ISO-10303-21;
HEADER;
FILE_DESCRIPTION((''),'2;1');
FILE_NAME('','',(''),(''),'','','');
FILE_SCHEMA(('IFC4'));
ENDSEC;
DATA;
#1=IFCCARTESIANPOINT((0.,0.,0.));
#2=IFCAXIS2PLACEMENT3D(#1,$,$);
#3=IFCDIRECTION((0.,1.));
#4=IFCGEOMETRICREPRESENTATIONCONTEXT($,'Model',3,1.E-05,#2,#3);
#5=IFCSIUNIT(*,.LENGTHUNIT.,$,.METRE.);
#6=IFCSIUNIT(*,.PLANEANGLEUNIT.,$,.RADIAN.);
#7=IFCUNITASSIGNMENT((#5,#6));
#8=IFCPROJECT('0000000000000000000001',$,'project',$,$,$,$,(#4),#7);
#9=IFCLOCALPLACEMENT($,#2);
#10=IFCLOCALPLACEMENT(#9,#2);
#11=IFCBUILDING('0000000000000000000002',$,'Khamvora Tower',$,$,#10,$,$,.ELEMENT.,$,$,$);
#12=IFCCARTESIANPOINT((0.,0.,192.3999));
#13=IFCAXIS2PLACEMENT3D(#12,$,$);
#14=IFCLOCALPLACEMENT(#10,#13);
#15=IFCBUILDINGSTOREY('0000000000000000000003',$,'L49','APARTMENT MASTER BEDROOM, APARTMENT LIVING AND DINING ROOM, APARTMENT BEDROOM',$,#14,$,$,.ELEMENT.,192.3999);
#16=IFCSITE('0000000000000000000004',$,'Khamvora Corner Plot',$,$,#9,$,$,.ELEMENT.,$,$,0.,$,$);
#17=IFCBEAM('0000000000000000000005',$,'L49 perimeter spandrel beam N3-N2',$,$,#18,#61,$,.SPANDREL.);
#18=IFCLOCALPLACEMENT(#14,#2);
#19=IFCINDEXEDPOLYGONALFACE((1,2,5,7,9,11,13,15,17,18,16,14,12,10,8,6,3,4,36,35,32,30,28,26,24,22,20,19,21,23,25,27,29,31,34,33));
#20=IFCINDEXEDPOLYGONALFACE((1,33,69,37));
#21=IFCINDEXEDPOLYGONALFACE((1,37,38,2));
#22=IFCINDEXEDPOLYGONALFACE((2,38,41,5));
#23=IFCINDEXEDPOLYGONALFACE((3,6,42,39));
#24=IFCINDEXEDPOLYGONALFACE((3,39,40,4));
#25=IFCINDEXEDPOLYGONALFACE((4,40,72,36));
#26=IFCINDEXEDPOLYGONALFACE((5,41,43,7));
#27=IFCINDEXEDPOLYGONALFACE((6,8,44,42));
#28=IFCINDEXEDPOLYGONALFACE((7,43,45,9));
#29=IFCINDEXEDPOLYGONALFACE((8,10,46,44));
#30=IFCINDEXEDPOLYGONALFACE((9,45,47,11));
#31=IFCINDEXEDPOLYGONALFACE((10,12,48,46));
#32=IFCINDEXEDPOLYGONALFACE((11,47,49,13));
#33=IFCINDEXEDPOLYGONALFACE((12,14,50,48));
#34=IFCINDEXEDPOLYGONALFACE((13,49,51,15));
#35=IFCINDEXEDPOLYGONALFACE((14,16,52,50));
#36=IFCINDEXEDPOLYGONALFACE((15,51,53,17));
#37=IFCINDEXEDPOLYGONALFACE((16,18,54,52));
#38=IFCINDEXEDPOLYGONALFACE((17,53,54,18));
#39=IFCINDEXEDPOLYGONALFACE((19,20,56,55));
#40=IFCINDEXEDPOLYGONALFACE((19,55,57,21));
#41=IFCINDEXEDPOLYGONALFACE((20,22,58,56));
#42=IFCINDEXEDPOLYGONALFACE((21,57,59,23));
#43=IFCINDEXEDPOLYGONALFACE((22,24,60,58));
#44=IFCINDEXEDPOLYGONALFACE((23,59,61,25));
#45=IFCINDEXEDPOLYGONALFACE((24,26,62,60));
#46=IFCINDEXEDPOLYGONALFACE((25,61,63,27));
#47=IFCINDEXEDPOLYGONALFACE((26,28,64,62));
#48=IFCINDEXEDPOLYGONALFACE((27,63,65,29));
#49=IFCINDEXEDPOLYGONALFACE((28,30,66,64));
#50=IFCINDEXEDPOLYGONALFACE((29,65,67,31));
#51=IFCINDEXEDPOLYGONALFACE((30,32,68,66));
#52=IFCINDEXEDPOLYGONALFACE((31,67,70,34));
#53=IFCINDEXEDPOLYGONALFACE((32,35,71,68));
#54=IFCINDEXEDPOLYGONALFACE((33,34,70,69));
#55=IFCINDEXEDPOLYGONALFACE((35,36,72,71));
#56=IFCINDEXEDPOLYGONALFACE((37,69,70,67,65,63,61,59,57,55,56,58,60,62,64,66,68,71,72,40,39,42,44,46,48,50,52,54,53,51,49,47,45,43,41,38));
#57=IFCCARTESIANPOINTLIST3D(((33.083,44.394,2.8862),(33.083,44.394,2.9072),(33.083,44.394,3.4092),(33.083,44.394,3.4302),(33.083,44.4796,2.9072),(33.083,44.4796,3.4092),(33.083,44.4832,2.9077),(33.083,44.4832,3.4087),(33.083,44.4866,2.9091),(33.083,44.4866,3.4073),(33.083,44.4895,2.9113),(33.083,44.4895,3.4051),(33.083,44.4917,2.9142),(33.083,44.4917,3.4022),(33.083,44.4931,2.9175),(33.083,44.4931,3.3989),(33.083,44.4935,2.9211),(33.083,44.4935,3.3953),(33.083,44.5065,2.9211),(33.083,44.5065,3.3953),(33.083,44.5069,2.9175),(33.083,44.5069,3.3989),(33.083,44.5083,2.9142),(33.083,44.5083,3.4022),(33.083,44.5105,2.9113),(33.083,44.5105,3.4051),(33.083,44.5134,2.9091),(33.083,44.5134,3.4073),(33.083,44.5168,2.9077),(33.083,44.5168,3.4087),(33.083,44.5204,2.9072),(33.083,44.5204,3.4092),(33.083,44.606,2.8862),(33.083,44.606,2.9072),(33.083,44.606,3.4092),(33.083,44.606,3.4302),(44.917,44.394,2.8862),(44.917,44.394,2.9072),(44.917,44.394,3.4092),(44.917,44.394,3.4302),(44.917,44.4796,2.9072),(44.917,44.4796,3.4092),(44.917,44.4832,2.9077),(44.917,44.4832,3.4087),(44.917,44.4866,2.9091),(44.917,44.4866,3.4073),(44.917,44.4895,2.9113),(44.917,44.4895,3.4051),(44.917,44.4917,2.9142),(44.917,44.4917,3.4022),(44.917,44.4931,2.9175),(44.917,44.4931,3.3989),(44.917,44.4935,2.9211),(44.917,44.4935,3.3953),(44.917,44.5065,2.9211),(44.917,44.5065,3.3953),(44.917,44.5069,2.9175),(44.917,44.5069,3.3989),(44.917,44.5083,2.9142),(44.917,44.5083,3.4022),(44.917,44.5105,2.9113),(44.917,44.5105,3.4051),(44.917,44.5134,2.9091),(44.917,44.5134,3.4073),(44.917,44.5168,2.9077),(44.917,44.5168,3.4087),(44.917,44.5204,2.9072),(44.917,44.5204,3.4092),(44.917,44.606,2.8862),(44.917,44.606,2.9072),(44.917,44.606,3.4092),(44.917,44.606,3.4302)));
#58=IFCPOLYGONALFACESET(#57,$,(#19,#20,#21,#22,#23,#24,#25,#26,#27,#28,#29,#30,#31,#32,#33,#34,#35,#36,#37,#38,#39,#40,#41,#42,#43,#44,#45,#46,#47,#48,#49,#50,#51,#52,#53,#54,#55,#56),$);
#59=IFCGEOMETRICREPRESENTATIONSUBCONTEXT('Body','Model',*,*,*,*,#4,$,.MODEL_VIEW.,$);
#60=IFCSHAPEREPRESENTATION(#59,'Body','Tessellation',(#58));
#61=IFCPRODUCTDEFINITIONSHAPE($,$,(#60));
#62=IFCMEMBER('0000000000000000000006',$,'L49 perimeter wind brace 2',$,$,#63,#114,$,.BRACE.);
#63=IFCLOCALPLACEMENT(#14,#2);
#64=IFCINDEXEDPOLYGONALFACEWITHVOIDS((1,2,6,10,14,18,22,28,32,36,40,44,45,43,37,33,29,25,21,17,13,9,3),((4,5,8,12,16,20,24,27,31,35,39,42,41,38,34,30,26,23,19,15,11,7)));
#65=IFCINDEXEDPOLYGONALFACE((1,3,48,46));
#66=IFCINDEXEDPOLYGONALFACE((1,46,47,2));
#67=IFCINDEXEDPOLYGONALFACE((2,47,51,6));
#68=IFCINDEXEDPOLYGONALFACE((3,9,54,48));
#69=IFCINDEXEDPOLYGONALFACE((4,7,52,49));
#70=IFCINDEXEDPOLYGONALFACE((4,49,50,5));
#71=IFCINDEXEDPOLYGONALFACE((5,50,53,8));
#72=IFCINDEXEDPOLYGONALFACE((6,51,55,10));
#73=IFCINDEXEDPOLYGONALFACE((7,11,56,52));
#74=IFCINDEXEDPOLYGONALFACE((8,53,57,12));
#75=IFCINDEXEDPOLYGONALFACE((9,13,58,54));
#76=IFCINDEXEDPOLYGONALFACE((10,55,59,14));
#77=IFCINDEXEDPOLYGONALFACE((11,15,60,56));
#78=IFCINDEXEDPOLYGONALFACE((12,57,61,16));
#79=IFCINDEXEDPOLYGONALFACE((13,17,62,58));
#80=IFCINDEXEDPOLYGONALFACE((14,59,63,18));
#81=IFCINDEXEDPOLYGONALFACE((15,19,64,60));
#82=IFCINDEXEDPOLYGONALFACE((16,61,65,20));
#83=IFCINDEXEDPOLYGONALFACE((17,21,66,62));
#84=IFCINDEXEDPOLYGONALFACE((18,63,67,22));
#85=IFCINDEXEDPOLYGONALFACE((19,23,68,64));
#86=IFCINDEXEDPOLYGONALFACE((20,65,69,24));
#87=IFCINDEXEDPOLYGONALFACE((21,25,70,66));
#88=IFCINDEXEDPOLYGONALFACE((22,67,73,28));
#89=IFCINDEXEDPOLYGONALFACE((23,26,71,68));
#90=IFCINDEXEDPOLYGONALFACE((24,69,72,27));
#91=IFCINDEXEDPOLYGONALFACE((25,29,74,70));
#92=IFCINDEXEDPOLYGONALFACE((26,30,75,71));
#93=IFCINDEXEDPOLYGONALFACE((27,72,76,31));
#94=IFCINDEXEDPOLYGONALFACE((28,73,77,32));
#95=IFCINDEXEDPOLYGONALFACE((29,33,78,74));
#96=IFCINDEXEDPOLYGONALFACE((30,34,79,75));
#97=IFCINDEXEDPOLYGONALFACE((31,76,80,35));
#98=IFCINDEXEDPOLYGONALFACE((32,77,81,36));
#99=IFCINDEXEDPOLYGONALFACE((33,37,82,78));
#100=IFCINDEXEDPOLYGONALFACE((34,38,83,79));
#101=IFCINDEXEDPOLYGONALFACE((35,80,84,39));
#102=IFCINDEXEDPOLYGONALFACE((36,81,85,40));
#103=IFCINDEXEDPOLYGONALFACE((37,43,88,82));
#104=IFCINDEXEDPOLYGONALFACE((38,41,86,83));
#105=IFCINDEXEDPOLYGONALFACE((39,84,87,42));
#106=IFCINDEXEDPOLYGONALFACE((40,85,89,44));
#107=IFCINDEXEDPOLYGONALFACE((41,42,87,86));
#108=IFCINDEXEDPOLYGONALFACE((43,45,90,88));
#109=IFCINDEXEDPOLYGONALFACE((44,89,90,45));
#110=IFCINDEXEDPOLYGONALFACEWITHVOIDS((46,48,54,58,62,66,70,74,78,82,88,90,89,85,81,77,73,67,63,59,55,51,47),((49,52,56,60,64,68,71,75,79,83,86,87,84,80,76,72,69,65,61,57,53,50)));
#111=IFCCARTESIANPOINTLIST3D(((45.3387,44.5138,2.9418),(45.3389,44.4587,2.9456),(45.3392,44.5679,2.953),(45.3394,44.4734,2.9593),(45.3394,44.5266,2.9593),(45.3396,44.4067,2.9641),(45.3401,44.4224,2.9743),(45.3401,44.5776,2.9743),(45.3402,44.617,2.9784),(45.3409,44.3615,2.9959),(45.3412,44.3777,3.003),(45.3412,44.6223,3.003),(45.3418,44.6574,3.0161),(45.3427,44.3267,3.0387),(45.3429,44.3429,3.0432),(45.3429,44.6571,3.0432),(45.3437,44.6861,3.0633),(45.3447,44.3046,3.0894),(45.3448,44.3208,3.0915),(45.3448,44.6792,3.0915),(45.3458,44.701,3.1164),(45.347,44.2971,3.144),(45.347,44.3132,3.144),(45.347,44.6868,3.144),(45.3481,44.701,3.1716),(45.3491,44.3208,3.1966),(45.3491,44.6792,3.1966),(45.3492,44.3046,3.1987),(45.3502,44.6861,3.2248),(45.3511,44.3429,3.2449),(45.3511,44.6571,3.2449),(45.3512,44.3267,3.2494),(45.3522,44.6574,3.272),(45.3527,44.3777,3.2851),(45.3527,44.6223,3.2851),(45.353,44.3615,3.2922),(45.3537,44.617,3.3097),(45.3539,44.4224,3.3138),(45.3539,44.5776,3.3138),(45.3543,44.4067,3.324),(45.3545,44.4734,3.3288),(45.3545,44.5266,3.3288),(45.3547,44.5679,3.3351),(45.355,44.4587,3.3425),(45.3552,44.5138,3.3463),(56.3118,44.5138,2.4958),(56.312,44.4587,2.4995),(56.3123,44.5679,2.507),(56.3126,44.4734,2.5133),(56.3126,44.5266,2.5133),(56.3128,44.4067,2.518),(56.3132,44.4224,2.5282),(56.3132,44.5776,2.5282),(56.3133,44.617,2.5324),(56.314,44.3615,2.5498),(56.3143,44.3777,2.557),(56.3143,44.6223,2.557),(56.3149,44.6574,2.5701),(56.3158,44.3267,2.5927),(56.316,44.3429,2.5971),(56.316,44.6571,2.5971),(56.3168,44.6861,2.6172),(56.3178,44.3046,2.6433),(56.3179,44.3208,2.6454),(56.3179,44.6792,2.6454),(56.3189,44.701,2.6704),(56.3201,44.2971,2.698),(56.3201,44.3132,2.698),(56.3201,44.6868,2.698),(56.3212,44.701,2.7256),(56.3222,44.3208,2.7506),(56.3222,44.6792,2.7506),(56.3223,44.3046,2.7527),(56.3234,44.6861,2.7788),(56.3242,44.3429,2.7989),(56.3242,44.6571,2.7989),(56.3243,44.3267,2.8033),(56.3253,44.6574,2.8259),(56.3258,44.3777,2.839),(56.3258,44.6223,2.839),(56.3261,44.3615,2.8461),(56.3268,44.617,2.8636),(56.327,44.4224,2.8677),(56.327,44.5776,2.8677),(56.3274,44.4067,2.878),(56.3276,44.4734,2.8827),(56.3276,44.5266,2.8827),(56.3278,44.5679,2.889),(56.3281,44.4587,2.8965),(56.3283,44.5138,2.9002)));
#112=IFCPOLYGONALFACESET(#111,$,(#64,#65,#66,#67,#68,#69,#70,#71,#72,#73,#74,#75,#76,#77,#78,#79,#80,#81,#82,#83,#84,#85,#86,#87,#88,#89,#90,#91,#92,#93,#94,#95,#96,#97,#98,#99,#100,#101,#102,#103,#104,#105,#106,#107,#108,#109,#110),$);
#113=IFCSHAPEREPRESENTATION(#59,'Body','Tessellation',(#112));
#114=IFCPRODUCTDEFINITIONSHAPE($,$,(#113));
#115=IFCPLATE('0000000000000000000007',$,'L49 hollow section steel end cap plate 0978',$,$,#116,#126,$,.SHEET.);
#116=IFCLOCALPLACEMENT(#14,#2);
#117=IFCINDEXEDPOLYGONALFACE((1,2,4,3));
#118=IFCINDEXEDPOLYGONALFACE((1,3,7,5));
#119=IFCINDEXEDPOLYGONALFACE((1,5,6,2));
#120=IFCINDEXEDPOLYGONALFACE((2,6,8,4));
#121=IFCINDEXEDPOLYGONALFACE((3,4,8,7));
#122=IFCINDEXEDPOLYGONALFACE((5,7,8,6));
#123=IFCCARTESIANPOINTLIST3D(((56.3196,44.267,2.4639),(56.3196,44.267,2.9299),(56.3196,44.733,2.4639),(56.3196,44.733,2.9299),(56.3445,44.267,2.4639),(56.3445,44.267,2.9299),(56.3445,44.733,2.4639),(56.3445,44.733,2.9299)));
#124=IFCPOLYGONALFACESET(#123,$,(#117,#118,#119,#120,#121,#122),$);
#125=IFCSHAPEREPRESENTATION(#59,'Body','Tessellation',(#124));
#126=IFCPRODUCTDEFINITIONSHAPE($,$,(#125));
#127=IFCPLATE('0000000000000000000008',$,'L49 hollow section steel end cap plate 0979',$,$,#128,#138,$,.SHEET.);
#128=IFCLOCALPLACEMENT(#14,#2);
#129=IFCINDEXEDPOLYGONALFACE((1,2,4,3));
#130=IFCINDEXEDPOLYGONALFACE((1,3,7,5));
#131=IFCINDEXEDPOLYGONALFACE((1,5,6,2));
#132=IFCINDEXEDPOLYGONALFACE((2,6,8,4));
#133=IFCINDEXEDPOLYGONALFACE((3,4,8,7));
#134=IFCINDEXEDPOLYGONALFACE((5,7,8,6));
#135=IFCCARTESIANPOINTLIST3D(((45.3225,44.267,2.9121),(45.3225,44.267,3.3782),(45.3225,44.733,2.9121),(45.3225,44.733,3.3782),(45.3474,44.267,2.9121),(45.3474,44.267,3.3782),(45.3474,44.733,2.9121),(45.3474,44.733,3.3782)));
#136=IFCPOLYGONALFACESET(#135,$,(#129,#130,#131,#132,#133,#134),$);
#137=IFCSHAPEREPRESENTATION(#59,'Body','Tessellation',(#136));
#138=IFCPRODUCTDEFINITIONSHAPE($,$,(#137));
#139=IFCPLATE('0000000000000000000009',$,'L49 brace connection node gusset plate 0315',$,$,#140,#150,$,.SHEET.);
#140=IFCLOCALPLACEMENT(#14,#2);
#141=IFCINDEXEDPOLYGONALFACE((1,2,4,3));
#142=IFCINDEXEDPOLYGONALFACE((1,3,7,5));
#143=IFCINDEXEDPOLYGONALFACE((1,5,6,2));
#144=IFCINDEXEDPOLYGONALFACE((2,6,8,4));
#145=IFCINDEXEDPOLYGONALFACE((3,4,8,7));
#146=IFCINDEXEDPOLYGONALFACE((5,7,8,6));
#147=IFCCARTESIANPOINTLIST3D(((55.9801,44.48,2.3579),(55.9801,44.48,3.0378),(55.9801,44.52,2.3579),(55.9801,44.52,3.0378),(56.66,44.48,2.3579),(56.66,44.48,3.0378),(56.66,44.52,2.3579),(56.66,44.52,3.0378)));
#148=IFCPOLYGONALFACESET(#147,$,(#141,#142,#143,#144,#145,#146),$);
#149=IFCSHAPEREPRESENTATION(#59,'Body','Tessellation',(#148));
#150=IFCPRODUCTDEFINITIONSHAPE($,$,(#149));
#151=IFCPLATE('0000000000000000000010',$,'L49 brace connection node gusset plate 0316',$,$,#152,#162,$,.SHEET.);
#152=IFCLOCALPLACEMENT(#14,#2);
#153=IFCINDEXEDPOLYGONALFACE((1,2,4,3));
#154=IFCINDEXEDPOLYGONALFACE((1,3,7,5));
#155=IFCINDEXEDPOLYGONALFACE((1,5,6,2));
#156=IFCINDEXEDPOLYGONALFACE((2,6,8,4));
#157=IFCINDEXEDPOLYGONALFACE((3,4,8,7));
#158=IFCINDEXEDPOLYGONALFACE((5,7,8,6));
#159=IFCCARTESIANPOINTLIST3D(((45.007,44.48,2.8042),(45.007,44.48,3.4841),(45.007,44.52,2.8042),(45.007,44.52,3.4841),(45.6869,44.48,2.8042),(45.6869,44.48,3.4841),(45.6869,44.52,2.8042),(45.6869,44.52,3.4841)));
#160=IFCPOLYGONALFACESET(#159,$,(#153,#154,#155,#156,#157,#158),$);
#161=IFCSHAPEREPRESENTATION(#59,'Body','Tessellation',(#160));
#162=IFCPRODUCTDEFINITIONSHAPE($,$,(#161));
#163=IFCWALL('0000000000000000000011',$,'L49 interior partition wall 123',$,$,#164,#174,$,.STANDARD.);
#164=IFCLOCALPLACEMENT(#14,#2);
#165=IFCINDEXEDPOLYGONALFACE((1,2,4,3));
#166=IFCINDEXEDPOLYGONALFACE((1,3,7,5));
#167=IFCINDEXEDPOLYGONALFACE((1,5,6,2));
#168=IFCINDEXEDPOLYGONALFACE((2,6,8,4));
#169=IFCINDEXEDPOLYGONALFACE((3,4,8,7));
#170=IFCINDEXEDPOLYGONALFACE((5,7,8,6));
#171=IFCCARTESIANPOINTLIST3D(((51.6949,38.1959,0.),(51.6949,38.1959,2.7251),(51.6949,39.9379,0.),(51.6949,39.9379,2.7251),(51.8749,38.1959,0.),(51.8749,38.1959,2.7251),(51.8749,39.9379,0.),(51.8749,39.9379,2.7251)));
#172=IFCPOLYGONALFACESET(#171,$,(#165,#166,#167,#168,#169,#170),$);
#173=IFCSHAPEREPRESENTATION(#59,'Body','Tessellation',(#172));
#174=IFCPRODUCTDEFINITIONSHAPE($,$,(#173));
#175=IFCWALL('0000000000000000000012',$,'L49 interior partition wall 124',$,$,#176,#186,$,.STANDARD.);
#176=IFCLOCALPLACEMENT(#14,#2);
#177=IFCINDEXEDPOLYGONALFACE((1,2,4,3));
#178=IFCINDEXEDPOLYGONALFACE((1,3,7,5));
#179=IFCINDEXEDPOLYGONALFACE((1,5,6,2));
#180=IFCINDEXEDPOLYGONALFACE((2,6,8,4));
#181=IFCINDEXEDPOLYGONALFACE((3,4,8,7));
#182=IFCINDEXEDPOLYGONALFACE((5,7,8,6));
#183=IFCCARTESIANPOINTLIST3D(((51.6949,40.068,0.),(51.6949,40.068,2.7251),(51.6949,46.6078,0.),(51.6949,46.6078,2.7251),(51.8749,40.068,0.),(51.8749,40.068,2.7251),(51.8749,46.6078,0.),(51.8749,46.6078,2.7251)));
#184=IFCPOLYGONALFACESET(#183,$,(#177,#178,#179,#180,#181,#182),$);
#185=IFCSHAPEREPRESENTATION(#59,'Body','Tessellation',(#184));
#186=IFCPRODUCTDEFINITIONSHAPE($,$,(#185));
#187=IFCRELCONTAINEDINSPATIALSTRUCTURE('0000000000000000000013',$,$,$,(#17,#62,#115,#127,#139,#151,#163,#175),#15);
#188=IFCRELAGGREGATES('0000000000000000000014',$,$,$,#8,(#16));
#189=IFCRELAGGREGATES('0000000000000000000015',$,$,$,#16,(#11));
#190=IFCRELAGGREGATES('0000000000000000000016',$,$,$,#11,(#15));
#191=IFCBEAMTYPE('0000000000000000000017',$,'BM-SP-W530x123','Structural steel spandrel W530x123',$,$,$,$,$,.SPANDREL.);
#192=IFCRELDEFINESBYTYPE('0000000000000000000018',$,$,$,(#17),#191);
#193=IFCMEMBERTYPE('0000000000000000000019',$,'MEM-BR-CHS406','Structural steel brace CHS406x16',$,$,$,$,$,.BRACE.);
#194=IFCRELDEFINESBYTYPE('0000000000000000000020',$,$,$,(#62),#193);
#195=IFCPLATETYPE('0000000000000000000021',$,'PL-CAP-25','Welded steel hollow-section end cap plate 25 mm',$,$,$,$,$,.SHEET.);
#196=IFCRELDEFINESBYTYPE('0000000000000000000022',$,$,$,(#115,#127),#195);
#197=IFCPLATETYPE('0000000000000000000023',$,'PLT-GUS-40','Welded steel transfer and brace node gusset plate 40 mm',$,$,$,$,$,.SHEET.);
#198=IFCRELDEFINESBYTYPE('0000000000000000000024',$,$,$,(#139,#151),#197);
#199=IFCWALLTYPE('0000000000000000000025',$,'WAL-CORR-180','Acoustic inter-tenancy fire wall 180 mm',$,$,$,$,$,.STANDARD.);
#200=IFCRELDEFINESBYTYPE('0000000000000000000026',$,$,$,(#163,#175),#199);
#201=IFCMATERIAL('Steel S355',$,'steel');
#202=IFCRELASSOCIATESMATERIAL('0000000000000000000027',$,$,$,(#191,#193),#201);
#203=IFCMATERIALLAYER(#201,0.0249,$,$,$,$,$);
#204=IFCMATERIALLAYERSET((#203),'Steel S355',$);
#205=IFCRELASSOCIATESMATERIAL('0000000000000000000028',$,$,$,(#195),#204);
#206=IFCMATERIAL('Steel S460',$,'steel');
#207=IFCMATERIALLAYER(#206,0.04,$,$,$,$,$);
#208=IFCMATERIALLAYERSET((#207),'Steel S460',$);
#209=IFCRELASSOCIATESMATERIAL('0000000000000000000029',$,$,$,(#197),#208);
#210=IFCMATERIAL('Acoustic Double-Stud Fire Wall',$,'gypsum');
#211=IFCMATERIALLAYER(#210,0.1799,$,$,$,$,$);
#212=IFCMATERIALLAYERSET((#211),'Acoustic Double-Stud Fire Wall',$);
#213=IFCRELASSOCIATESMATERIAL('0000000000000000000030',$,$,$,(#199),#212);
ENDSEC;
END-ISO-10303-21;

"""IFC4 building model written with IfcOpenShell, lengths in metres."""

from ifc_helpers import new_model, si_unit, direction, frame, frame_2d, origin, origin_2d, place, context, subcontext, project, spatial, rectangle, hollow_circle, i_section, extrude, material, layer, layer_set, material_profile, profile_set, type_object, element, save


model = new_model("IFC4")

# Units and contexts
model_context = context("Model", 3, precision=1e-05, world=origin(), true_north=direction((0.0, 1.0)))
body_context = subcontext(model_context, "Body", "Model", "MODEL_VIEW")
ifc_project = project(units=[si_unit("LENGTHUNIT", "METRE"), si_unit("PLANEANGLEUNIT", "RADIAN")], contexts=[model_context])

# Site, building, storey
site_placement = place(None, origin())
site = spatial("IfcSite", under=ifc_project, at=site_placement, Name="Khamvora Corner Plot", CompositionType="ELEMENT", RefElevation=0.0)
building_placement = place(site_placement, origin())
building = spatial("IfcBuilding", under=site, at=building_placement, Name="Khamvora Tower", CompositionType="ELEMENT")
storey_placement = place(building_placement, frame((0.0, 0.0, 192.3999)))
storey = spatial("IfcBuildingStorey", under=building, at=storey_placement, Name="L49", Description="APARTMENT MASTER BEDROOM, APARTMENT LIVING AND DINING ROOM, APARTMENT BEDROOM", CompositionType="ELEMENT", Elevation=192.3999)

# Shared definitions
ifc_material_1 = material(Name="Steel S355", Category="steel")

# Beam
ifc_material_profile_1 = material_profile(ifc_material_1, i_section(OverallWidth=0.2119, OverallDepth=0.5439, WebThickness=0.0129, FlangeThickness=0.021, FilletRadius=0.0139, at=origin_2d()), Name="W530x123")
ifc_profile_set_1 = profile_set([ifc_material_profile_1], Name="Steel S355")
beam_type_1 = type_object("IfcBeamType", Name="BM-SP-W530x123", Description="Structural steel spandrel W530x123", PredefinedType="SPANDREL", material=ifc_profile_set_1)
beam_1_placement = place(storey_placement, frame((44.917, 44.5, 3.1582), z_axis=(-1.0, 0.0, 0.0), x_axis=(0.0, -1.0, 0.0)))
element("IfcBeam", 1, at=beam_1_placement, inside=storey, type_object=beam_type_1, Name="L49 perimeter spandrel beam N3-N2", PredefinedType="SPANDREL", context=body_context, shape_type="SweptSolid", body=[
    extrude(i_section(OverallWidth=0.2119, OverallDepth=0.5439, WebThickness=0.0129, FlangeThickness=0.021, FilletRadius=0.0139, at=origin_2d()), origin(), (0.0, 0.0, 1.0), 11.834),
])

# Member
ifc_material_profile_2 = material_profile(ifc_material_1, hollow_circle(Radius=0.2029, WallThickness=0.0161, at=origin_2d()), Name="CHS406x16")
ifc_profile_set_2 = profile_set([ifc_material_profile_2], Name="Steel S355")
member_type = type_object("IfcMemberType", Name="MEM-BR-CHS406", Description="Structural steel brace CHS406x16", PredefinedType="BRACE", material=ifc_profile_set_2)
member_placement = place(storey_placement, frame((56.3201, 44.5, 2.698), z_axis=(-0.999175, 0.0, 0.040615), x_axis=(0.0, -1.0, 0.0)))
element("IfcMember", 2, at=member_placement, inside=storey, type_object=member_type, Name="L49 perimeter wind brace 2", PredefinedType="BRACE", context=body_context, shape_type="SweptSolid", body=[
    extrude(hollow_circle(Radius=0.2029, WallThickness=0.0161, at=origin_2d()), origin(), (0.0, 0.0, 1.0), 10.9822),
])

# Plates
ifc_layer_1 = layer(ifc_material_1, 0.0249)
ifc_layer_set_1 = layer_set([ifc_layer_1], Name="Steel S355")
plate_type_1 = type_object("IfcPlateType", Name="PL-CAP-25", Description="Welded steel hollow-section end cap plate 25 mm", PredefinedType="SHEET", material=ifc_layer_set_1)
for number, where, z_axis, x_axis, name in (
    (3, (56.332, 44.5, 2.4639), (0.0, 0.0, 1.0), (-1.0, 0.0, 0.0), "L49 hollow section steel end cap plate 0978"),
    (4, (45.335, 44.5, 2.9121), (0.0, 0.0, 1.0), (-1.0, 0.0, 0.0), "L49 hollow section steel end cap plate 0979"),
):
    element("IfcPlate", number, at=place(storey_placement, frame(where, z_axis=z_axis, x_axis=x_axis)), inside=storey, type_object=plate_type_1, Name=name, PredefinedType="SHEET", context=body_context, shape_type="SweptSolid", body=[
        extrude(rectangle(XDim=0.0249, YDim=0.4661, at=origin_2d()), origin(), (0.0, 0.0, 1.0), 0.4661),
    ])
ifc_material_2 = material(Name="Steel S460", Category="steel")
ifc_layer_2 = layer(ifc_material_2, 0.04)
ifc_layer_set_2 = layer_set([ifc_layer_2], Name="Steel S460")
plate_type_2 = type_object("IfcPlateType", Name="PLT-GUS-40", Description="Welded steel transfer and brace node gusset plate 40 mm", PredefinedType="SHEET", material=ifc_layer_set_2)
for number, where, z_axis, x_axis, name in (
    (5, (56.3201, 44.5, 2.3579), (0.0, 0.0, 1.0), (1.0, 0.0, 0.0), "L49 brace connection node gusset plate 0315"),
    (6, (45.3469, 44.5, 2.8042), (0.0, 0.0, 1.0), (1.0, 0.0, 0.0), "L49 brace connection node gusset plate 0316"),
):
    element("IfcPlate", number, at=place(storey_placement, frame(where, z_axis=z_axis, x_axis=x_axis)), inside=storey, type_object=plate_type_2, Name=name, PredefinedType="SHEET", context=body_context, shape_type="SweptSolid", body=[
        extrude(rectangle(XDim=0.6799, YDim=0.04, at=origin_2d()), origin(), (0.0, 0.0, 1.0), 0.6799),
    ])

# Walls
ifc_material_3 = material(Name="Acoustic Double-Stud Fire Wall", Category="gypsum")
ifc_layer_3 = layer(ifc_material_3, 0.1799)
ifc_layer_set_3 = layer_set([ifc_layer_3], Name="Acoustic Double-Stud Fire Wall")
wall_type_1 = type_object("IfcWallType", Name="WAL-CORR-180", Description="Acoustic inter-tenancy fire wall 180 mm", PredefinedType="STANDARD", material=ifc_layer_set_3)
wall_1_placement = place(storey_placement, frame((51.7849, 39.938, 0.0), z_axis=(0.0, 0.0, 1.0), x_axis=(0.0, -1.0, 0.0)))
element("IfcWall", 7, at=wall_1_placement, inside=storey, type_object=wall_type_1, Name="L49 interior partition wall 123", PredefinedType="STANDARD", context=body_context, shape_type="SweptSolid", body=[
    extrude(rectangle(XDim=1.7419, YDim=0.1799, at=frame_2d((0.8711, 0.0))), origin(), (0.0, 0.0, 1.0), 2.7251),
])
wall_2_placement = place(storey_placement, frame((51.7849, 46.6079, 0.0), z_axis=(0.0, 0.0, 1.0), x_axis=(0.0, -1.0, 0.0)))
element("IfcWall", 8, at=wall_2_placement, inside=storey, type_object=wall_type_1, Name="L49 interior partition wall 124", PredefinedType="STANDARD", context=body_context, shape_type="SweptSolid", body=[
    extrude(rectangle(XDim=6.5398, YDim=0.1799, at=frame_2d((3.27, 0.0))), origin(), (0.0, 0.0, 1.0), 2.7251),
])

save(model, "model.ifc")
